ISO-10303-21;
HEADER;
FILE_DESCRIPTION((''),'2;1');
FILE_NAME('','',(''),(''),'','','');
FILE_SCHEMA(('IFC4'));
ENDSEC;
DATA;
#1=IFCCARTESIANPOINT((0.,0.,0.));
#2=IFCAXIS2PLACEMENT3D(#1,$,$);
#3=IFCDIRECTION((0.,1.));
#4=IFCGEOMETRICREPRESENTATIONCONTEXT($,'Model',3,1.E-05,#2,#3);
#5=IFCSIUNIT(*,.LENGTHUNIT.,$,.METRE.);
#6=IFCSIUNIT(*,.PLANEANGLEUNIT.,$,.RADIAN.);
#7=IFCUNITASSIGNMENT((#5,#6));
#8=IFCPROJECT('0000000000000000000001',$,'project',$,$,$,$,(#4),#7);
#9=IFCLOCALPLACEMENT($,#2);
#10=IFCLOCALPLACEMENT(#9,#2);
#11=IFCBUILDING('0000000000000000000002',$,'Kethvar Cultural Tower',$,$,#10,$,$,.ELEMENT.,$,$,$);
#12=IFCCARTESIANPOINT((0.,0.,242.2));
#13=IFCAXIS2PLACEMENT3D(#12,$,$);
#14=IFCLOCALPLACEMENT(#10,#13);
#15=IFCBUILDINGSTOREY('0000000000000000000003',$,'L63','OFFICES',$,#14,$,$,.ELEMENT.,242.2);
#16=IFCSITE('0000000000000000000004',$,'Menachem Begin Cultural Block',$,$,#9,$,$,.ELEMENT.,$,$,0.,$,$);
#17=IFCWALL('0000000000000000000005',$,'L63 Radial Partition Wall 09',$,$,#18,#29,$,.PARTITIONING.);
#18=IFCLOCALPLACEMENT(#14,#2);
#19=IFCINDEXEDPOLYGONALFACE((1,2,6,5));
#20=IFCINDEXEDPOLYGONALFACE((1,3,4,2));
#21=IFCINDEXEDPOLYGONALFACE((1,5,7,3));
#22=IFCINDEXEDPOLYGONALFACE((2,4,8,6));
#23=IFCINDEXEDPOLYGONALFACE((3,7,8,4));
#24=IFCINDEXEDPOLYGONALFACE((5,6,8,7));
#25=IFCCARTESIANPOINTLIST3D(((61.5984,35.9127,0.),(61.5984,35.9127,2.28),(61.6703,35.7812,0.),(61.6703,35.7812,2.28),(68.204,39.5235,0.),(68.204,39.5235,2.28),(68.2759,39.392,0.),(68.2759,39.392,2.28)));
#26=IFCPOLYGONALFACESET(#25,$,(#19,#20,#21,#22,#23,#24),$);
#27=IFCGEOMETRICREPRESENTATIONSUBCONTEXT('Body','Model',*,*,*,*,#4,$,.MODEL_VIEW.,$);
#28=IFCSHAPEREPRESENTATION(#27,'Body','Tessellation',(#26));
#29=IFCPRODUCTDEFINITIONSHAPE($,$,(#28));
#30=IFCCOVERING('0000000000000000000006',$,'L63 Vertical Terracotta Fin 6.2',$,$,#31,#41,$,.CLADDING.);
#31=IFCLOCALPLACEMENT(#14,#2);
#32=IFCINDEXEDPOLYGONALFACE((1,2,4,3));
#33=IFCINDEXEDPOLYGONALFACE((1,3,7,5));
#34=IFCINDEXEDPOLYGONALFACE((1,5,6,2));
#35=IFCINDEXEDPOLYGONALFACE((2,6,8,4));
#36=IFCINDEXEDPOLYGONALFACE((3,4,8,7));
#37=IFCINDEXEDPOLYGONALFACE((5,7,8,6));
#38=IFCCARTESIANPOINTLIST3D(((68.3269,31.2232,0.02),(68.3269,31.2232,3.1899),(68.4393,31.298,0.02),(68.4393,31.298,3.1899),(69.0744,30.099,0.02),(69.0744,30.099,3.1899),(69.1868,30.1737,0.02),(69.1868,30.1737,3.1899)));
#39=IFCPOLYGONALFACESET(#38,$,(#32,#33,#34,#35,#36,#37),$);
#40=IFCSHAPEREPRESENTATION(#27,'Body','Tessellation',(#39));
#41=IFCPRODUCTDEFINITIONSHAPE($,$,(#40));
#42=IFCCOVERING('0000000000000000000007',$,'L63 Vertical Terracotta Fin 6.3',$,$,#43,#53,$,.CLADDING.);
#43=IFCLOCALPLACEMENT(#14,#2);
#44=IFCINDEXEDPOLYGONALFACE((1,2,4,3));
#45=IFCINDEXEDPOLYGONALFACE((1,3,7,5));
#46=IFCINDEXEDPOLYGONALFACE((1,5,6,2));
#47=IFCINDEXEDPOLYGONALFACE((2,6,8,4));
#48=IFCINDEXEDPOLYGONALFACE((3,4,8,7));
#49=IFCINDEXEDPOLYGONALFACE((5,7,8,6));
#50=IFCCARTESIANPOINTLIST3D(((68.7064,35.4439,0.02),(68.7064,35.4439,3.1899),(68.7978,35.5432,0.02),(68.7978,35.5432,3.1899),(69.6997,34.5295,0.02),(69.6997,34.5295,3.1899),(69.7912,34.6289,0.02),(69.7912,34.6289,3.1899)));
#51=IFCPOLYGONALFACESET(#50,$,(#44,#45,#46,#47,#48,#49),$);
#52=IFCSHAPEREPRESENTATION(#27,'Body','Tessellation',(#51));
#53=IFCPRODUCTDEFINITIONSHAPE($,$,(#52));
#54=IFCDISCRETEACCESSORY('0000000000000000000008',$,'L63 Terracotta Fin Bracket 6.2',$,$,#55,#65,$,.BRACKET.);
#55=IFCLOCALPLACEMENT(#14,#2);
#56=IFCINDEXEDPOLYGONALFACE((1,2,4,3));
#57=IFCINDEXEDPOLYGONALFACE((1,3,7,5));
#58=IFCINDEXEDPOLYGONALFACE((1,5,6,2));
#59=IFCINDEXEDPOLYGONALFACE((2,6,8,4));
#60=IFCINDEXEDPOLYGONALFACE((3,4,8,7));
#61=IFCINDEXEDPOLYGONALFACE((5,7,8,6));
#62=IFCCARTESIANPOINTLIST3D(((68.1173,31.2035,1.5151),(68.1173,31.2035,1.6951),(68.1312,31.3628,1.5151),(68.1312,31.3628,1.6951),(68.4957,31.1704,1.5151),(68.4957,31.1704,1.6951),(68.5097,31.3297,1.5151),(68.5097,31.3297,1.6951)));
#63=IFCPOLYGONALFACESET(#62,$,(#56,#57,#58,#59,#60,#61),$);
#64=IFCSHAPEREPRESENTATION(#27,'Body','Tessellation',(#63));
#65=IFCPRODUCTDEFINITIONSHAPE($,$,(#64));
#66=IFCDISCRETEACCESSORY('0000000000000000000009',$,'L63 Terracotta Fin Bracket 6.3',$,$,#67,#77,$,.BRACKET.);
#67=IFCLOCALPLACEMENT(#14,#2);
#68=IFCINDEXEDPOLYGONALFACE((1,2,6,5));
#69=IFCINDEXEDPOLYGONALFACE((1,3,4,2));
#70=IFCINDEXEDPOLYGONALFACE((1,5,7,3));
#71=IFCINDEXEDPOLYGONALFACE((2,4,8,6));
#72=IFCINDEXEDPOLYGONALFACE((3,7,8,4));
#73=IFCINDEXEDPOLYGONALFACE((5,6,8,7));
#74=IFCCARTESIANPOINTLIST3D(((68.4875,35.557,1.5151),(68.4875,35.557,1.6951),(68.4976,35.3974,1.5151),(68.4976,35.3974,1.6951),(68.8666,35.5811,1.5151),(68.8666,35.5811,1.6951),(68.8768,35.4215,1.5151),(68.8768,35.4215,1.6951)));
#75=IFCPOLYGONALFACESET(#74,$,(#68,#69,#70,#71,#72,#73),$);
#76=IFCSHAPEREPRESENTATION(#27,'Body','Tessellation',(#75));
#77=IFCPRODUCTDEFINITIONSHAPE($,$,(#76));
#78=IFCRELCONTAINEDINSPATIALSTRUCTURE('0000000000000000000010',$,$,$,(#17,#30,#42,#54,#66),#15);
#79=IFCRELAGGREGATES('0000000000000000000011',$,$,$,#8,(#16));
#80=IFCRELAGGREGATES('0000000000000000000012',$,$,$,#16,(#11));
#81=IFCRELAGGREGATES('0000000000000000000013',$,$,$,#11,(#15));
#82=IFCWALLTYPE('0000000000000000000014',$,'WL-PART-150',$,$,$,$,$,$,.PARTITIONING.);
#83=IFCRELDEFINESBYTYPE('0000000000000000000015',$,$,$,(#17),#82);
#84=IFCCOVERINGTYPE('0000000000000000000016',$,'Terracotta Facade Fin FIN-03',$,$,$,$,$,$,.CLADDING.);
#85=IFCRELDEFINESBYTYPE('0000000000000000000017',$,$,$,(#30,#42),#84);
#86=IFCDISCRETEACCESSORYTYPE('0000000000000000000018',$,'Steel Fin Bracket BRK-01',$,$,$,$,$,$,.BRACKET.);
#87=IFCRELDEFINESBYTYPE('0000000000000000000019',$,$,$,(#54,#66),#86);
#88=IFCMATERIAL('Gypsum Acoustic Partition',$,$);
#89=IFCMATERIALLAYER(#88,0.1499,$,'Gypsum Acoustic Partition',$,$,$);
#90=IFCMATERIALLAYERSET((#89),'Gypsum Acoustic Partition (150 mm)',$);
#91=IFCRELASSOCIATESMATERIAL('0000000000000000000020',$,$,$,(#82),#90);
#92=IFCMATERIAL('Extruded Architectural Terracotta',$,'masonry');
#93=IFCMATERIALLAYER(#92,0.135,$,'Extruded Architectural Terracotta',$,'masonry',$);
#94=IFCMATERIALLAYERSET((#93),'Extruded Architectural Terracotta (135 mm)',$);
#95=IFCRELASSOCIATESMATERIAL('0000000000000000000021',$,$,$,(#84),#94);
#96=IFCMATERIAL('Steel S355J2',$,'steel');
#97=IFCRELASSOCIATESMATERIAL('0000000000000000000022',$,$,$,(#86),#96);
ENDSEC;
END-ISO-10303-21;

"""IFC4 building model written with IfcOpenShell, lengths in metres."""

from ifc_helpers import new_model, si_unit, direction, frame, frame_2d, origin, origin_2d, place, context, subcontext, project, spatial, rectangle, extrude, source, transform, mapped, material, layer, layer_set, type_object, element, save


model = new_model("IFC4")

# Units and contexts
model_context = context("Model", 3, precision=1e-05, world=origin(), true_north=direction((0.0, 1.0)))
body_context = subcontext(model_context, "Body", "Model", "MODEL_VIEW")
ifc_project = project(units=[si_unit("LENGTHUNIT", "METRE"), si_unit("PLANEANGLEUNIT", "RADIAN")], contexts=[model_context])

# Site, building, storey
site_placement = place(None, origin())
site = spatial("IfcSite", under=ifc_project, at=site_placement, Name="Menachem Begin Cultural Block", CompositionType="ELEMENT", RefElevation=0.0)
building_placement = place(site_placement, origin())
building = spatial("IfcBuilding", under=site, at=building_placement, Name="Kethvar Cultural Tower", CompositionType="ELEMENT")
storey_placement = place(building_placement, frame((0.0, 0.0, 242.2)))
storey = spatial("IfcBuildingStorey", under=building, at=storey_placement, Name="L63", Description="OFFICES", CompositionType="ELEMENT", Elevation=242.2)

# Shared definitions
ifc_material_1 = material(Name="Steel S355J2", Category="steel")

# Wall
ifc_material_2 = material(Name="Gypsum Acoustic Partition")
ifc_layer_1 = layer(ifc_material_2, 0.1499, Name="Gypsum Acoustic Partition")
ifc_layer_set_1 = layer_set([ifc_layer_1], Name="Gypsum Acoustic Partition (150 mm)")
wall_type = type_object("IfcWallType", Name="WL-PART-150", PredefinedType="PARTITIONING", material=ifc_layer_set_1)
wall_1_placement = place(storey_placement, frame((61.6343, 35.8469, 0.0), z_axis=(0.0, 0.0, 1.0), x_axis=(0.877464, 0.479643, 0.0)))
element("IfcWall", 1, at=wall_1_placement, inside=storey, type_object=wall_type, Name="L63 Radial Partition Wall 09", PredefinedType="PARTITIONING", context=body_context, shape_type="SweptSolid", body=[
    extrude(rectangle(XDim=7.5281, YDim=0.1499, at=frame_2d((3.7642, 0.0))), origin(), (0.0, 0.0, 1.0), 2.28),
])

# Coverings
ifc_material_3 = material(Name="Extruded Architectural Terracotta", Category="masonry")
ifc_layer_2 = layer(ifc_material_3, 0.135, Name="Extruded Architectural Terracotta", Category="masonry")
ifc_layer_set_2 = layer_set([ifc_layer_2], Name="Extruded Architectural Terracotta (135 mm)")
covering_type = type_object("IfcCoveringType", Name="Terracotta Facade Fin FIN-03", PredefinedType="CLADDING", material=ifc_layer_set_2)
shared_shape_1 = source(origin(), body_context, "Body", "SweptSolid", [
    extrude(rectangle(XDim=1.3501, YDim=0.135, at=origin_2d()), origin(), (0.0, 0.0, 1.0), 3.1699),
])
for number, where, z_axis, x_axis, name in (
    (2, (68.7568, 30.6985, 0.02), (0.0, 0.0, 1.0), (0.553682, -0.832728, 0.0), "L63 Vertical Terracotta Fin 6.2"),
    (3, (69.2488, 35.0364, 0.02), (0.0, 0.0, 1.0), (0.735743, -0.677261, 0.0), "L63 Vertical Terracotta Fin 6.3"),
):
    element("IfcCovering", number, at=place(storey_placement, frame(where, z_axis=z_axis, x_axis=x_axis)), inside=storey, type_object=covering_type, Name=name, PredefinedType="CLADDING", context=body_context, shape_type="MappedRepresentation", body=[
        mapped(shared_shape_1, transform((0.0, 0.0, 0.0), scale=1.0)),
    ])

# Discrete accessories
discrete_accessory_type = type_object("IfcDiscreteAccessoryType", Name="Steel Fin Bracket BRK-01", PredefinedType="BRACKET", material=ifc_material_1)
shared_shape_2 = source(origin(), body_context, "Body", "SweptSolid", [
    extrude(rectangle(XDim=0.3799, YDim=0.1599, at=origin_2d()), origin(), (0.0, 0.0, 1.0), 0.1799),
])
for number, where, z_axis, x_axis, name in (
    (4, (68.3135, 31.2666, 1.5151), (0.0, 0.0, 1.0), (0.99621, -0.086982, 0.0), "L63 Terracotta Fin Bracket 6.2"),
    (5, (68.6821, 35.4893, 1.5151), (0.0, 0.0, 1.0), (0.997994, 0.063313, 0.0), "L63 Terracotta Fin Bracket 6.3"),
):
    element("IfcDiscreteAccessory", number, at=place(storey_placement, frame(where, z_axis=z_axis, x_axis=x_axis)), inside=storey, type_object=discrete_accessory_type, Name=name, PredefinedType="BRACKET", context=body_context, shape_type="MappedRepresentation", body=[
        mapped(shared_shape_2, transform((0.0, 0.0, 0.0), scale=1.0)),
    ])

save(model, "model.ifc")
